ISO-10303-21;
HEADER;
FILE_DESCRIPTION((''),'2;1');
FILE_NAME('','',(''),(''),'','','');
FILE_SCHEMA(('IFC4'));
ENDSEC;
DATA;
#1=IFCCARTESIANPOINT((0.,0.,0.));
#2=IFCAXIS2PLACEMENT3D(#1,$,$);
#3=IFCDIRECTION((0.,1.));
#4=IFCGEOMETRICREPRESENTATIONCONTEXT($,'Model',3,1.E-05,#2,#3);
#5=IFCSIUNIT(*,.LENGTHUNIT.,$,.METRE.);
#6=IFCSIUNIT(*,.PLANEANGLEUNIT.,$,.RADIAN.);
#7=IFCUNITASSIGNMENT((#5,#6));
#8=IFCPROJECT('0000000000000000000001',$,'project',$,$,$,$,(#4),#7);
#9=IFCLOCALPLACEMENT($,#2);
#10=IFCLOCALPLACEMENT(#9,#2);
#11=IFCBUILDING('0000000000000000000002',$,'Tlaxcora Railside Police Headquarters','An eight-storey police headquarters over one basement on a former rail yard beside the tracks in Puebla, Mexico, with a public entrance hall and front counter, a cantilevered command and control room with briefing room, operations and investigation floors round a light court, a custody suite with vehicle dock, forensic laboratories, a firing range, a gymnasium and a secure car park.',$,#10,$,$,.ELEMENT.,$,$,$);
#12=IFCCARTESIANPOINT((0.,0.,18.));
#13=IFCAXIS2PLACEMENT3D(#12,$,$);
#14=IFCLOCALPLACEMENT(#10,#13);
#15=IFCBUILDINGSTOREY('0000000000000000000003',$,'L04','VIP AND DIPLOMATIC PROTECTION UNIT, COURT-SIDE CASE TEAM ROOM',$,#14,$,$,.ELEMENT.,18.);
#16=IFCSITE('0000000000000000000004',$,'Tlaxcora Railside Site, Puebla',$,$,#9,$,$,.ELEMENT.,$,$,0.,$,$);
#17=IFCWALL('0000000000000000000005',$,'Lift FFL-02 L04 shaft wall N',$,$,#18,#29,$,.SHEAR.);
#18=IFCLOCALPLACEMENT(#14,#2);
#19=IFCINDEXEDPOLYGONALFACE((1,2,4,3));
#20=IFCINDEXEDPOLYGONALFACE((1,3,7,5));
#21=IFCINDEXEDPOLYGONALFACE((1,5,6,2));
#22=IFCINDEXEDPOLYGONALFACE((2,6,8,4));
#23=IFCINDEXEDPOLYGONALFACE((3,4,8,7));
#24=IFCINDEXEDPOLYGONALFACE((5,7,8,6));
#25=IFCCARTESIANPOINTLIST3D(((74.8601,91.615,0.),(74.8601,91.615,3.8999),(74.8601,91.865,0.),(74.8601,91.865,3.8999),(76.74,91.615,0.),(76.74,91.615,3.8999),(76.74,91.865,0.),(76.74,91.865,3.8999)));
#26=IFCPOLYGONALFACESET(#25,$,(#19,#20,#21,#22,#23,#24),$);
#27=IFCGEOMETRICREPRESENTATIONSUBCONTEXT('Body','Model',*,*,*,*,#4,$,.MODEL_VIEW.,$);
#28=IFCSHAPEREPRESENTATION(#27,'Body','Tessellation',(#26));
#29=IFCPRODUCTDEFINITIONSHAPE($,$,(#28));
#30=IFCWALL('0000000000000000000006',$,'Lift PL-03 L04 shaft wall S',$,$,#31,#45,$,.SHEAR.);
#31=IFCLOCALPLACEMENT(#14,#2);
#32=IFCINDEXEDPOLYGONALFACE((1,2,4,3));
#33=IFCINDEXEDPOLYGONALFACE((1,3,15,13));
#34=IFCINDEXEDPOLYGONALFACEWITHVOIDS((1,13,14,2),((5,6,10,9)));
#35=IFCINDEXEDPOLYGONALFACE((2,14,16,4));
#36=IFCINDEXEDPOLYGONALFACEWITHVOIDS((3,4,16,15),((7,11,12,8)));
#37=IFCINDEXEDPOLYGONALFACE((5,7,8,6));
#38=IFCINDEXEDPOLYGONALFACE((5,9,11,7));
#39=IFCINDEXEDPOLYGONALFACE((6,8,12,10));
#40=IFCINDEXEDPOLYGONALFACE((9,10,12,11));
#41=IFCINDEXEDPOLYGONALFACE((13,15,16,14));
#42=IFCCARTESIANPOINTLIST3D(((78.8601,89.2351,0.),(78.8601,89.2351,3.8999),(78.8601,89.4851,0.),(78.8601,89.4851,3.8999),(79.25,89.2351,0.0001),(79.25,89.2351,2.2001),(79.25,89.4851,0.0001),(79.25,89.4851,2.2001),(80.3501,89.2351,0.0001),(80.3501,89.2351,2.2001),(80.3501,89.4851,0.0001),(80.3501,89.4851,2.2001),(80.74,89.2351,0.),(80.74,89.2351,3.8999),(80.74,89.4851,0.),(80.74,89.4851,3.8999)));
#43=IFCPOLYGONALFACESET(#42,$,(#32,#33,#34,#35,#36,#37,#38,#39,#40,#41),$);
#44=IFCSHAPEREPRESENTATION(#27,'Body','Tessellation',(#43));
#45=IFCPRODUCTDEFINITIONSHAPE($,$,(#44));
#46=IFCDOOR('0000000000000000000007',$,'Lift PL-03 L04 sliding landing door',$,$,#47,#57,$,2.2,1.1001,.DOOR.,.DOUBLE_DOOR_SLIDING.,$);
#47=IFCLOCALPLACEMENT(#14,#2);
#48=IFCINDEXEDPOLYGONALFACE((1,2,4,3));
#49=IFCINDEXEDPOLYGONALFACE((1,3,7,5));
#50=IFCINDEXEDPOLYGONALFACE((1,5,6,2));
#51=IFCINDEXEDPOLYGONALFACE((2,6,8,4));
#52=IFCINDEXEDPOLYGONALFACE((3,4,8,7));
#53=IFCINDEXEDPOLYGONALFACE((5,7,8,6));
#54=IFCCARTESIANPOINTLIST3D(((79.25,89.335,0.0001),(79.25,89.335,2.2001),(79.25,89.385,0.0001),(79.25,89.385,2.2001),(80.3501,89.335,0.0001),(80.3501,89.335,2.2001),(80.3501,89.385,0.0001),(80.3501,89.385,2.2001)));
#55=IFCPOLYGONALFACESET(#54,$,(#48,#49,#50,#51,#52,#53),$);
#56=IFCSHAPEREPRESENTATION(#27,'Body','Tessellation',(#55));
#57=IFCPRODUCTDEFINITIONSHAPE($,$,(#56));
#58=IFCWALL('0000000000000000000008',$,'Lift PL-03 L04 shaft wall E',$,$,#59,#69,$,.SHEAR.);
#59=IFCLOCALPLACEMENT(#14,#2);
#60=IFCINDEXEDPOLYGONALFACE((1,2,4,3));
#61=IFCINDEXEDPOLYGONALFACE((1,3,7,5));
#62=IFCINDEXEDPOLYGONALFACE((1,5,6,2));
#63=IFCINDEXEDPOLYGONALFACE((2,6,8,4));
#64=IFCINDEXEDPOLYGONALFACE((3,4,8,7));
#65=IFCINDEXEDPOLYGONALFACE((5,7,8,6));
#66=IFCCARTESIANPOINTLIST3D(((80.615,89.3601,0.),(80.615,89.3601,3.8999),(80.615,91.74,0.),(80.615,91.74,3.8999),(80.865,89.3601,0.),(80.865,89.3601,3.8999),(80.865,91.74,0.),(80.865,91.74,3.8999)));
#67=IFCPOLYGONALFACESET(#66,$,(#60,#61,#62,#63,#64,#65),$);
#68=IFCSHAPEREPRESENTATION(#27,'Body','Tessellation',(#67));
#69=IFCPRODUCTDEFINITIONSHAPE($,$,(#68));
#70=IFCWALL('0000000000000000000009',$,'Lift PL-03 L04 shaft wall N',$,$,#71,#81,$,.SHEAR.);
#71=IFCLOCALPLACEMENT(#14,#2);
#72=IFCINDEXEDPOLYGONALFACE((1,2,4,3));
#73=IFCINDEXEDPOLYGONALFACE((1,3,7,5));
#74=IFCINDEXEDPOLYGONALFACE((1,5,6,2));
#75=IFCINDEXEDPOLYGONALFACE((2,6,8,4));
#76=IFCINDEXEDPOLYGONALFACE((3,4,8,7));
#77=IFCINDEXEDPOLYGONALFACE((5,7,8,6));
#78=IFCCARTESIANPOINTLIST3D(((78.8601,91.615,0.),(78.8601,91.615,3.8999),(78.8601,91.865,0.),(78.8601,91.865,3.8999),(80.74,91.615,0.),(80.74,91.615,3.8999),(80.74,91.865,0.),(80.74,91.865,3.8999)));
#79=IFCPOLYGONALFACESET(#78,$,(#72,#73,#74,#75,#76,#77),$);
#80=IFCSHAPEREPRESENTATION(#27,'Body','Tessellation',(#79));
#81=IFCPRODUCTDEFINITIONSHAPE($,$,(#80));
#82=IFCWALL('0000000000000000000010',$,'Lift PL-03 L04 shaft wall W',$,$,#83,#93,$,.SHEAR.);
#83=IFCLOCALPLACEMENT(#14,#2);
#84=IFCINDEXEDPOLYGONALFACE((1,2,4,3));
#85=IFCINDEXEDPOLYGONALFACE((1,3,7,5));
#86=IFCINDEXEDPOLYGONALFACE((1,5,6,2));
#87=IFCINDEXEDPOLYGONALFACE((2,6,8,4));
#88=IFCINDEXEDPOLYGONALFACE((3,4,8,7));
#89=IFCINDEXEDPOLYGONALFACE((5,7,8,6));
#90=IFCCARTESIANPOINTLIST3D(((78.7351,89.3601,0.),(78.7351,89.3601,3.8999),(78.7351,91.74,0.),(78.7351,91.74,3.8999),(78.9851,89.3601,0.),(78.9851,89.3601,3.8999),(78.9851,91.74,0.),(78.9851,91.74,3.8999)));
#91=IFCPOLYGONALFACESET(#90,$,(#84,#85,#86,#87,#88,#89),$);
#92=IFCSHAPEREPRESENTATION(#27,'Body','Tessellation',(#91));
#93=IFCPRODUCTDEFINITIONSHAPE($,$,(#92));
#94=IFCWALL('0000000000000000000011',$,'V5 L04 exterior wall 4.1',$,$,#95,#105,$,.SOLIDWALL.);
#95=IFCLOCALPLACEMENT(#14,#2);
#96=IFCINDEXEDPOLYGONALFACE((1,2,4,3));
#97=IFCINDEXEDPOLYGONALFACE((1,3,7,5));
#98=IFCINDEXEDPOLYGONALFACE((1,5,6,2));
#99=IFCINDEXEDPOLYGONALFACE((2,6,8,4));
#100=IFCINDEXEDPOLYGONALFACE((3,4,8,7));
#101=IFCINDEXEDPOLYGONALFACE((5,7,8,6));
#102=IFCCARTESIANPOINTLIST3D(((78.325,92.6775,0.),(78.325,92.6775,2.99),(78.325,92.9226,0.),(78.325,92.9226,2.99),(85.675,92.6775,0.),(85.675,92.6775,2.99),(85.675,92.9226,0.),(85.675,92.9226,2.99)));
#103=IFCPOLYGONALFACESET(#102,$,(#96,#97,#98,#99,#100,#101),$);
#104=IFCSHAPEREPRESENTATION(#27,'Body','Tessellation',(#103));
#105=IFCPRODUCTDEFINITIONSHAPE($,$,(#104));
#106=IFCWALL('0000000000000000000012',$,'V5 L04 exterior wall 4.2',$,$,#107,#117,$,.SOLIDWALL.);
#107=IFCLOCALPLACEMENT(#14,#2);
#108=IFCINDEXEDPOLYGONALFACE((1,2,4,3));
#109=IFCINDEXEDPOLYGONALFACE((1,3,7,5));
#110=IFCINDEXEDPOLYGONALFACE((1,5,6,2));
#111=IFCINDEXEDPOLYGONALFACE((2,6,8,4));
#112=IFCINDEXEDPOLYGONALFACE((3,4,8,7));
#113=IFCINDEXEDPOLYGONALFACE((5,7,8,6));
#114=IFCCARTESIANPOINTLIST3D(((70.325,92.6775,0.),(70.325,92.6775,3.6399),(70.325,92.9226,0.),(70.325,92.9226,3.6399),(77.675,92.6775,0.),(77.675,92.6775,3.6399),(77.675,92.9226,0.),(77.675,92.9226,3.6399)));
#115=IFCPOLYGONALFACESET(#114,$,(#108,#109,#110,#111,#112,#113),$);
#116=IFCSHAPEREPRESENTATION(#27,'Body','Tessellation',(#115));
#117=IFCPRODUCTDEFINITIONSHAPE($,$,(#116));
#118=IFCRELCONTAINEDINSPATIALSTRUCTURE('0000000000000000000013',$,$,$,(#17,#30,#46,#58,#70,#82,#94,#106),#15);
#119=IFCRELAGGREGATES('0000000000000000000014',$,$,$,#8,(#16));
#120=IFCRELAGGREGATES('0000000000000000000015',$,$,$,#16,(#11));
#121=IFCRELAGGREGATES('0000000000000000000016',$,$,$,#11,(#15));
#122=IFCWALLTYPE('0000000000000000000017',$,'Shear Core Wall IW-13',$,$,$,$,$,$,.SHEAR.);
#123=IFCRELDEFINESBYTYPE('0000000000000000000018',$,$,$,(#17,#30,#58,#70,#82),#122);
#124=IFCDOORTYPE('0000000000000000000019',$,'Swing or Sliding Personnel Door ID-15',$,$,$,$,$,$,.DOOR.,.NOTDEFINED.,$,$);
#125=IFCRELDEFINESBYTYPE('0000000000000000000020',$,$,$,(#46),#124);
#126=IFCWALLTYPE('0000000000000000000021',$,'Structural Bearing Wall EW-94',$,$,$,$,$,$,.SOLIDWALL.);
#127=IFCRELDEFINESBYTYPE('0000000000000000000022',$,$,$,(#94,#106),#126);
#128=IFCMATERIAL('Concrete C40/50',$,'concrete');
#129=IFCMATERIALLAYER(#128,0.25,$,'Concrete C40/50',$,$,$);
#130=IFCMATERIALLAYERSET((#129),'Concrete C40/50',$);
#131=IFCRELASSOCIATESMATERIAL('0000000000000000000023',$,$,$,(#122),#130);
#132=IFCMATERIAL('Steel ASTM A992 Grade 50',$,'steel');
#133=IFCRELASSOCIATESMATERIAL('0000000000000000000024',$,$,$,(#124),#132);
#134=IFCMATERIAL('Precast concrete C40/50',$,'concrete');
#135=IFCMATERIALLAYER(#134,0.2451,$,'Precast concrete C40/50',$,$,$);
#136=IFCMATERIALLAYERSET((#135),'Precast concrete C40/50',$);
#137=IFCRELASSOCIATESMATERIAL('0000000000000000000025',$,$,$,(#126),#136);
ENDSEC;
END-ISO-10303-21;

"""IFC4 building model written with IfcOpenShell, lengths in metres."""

from ifc_helpers import new_model, si_unit, direction, frame, frame_2d, origin, place, context, subcontext, project, spatial, rectangle, extrude, material, layer, layer_set, type_object, element, fill, save


model = new_model("IFC4")

# Units and contexts
model_context = context("Model", 3, precision=1e-05, world=origin(), true_north=direction((0.0, 1.0)))
body_context = subcontext(model_context, "Body", "Model", "MODEL_VIEW")
ifc_project = project(units=[si_unit("LENGTHUNIT", "METRE"), si_unit("PLANEANGLEUNIT", "RADIAN")], contexts=[model_context])

# Site, building, storey
site_placement = place(None, origin())
site = spatial("IfcSite", under=ifc_project, at=site_placement, Name="Tlaxcora Railside Site, Puebla", CompositionType="ELEMENT", RefElevation=0.0)
building_placement = place(site_placement, origin())
building = spatial("IfcBuilding", under=site, at=building_placement, Name="Tlaxcora Railside Police Headquarters", Description="An eight-storey police headquarters over one basement on a former rail yard beside the tracks in Puebla, Mexico, with a public entrance hall and front counter, a cantilevered command and control room with briefing room, operations and investigation floors round a light court, a custody suite with vehicle dock, forensic laboratories, a firing range, a gymnasium and a secure car park.", CompositionType="ELEMENT")
storey_placement = place(building_placement, frame((0.0, 0.0, 18.0)))
storey = spatial("IfcBuildingStorey", under=building, at=storey_placement, Name="L04", Description="VIP AND DIPLOMATIC PROTECTION UNIT, COURT-SIDE CASE TEAM ROOM", CompositionType="ELEMENT", Elevation=18.0)

# Shared definitions
ifc_material_1 = material(Name="Concrete C40/50", Category="concrete")

# Shared definitions
ifc_material_2 = material(Name="Steel ASTM A992 Grade 50", Category="steel")

# Wall
ifc_layer_1 = layer(ifc_material_1, 0.25, Name="Concrete C40/50")
ifc_layer_set_1 = layer_set([ifc_layer_1], Name="Concrete C40/50")
wall_type_1 = type_object("IfcWallType", Name="Shear Core Wall IW-13", PredefinedType="SHEAR", material=ifc_layer_set_1)
wall_1_placement = place(storey_placement, frame((76.74, 91.74, 0.0), z_axis=(0.0, 0.0, 1.0), x_axis=(-1.0, 0.0, 0.0)))
element("IfcWall", 1, at=wall_1_placement, inside=storey, type_object=wall_type_1, Name="Lift FFL-02 L04 shaft wall N", PredefinedType="SHEAR", context=body_context, shape_type="SweptSolid", body=[
    extrude(rectangle(XDim=1.8799, YDim=0.25, at=frame_2d((0.9399, 0.0))), origin(), (0.0, 0.0, 1.0), 3.8999),
])

# Wall, opening, door
wall_2_placement = place(storey_placement, frame((78.8601, 89.3601, 0.0), z_axis=(0.0, 0.0, 1.0), x_axis=(1.0, 0.0, 0.0)))
wall_2 = element("IfcWall", 2, at=wall_2_placement, inside=storey, type_object=wall_type_1, Name="Lift PL-03 L04 shaft wall S", PredefinedType="SHEAR", context=body_context, shape_type="SweptSolid", body=[
    extrude(rectangle(XDim=1.8799, YDim=0.25, at=frame_2d((0.9399, 0.0))), origin(), (0.0, 0.0, 1.0), 3.8999),
])
opening_placement = place(wall_2_placement, frame((0.3899, 0.0, 0.0)))
opening = element("IfcOpeningElement", 3, at=opening_placement, cuts=wall_2, PredefinedType="OPENING", context=body_context, shape_type="SweptSolid", body=[
    extrude(rectangle(XDim=1.1001, YDim=2.2, at=frame_2d((0.55, 1.1001))), frame((0.0, 0.135, 0.0), z_axis=(0.0, -1.0, 0.0), x_axis=(1.0, 0.0, 0.0)), (0.0, 0.0, 1.0), 0.27),
])
door_type = type_object("IfcDoorType", Name="Swing or Sliding Personnel Door ID-15", OperationType="NOTDEFINED", PredefinedType="DOOR", material=ifc_material_2)
door_placement = place(opening_placement, origin())
door = element("IfcDoor", 4, at=door_placement, inside=storey, type_object=door_type, Name="Lift PL-03 L04 sliding landing door", OperationType="DOUBLE_DOOR_SLIDING", OverallHeight=2.2, OverallWidth=1.1001, PredefinedType="DOOR", context=body_context, shape_type="SweptSolid", body=[
    extrude(rectangle(XDim=1.1001, YDim=2.2, at=frame_2d((0.55, 1.1001))), frame((0.0, 0.0249, 0.0), z_axis=(0.0, -1.0, 0.0), x_axis=(1.0, 0.0, 0.0)), (0.0, 0.0, 1.0), 0.05),
])
fill(opening, door)

# Walls
wall_3_placement = place(storey_placement, frame((80.74, 89.3601, 0.0), z_axis=(0.0, 0.0, 1.0), x_axis=(0.0, 1.0, 0.0)))
element("IfcWall", 5, at=wall_3_placement, inside=storey, type_object=wall_type_1, Name="Lift PL-03 L04 shaft wall E", PredefinedType="SHEAR", context=body_context, shape_type="SweptSolid", body=[
    extrude(rectangle(XDim=2.3799, YDim=0.25, at=frame_2d((1.1899, 0.0))), origin(), (0.0, 0.0, 1.0), 3.8999),
])
wall_4_placement = place(storey_placement, frame((80.74, 91.74, 0.0), z_axis=(0.0, 0.0, 1.0), x_axis=(-1.0, 0.0, 0.0)))
element("IfcWall", 6, at=wall_4_placement, inside=storey, type_object=wall_type_1, Name="Lift PL-03 L04 shaft wall N", PredefinedType="SHEAR", context=body_context, shape_type="SweptSolid", body=[
    extrude(rectangle(XDim=1.8799, YDim=0.25, at=frame_2d((0.9399, 0.0))), origin(), (0.0, 0.0, 1.0), 3.8999),
])
wall_5_placement = place(storey_placement, frame((78.8601, 91.74, 0.0), z_axis=(0.0, 0.0, 1.0), x_axis=(0.0, -1.0, 0.0)))
element("IfcWall", 7, at=wall_5_placement, inside=storey, type_object=wall_type_1, Name="Lift PL-03 L04 shaft wall W", PredefinedType="SHEAR", context=body_context, shape_type="SweptSolid", body=[
    extrude(rectangle(XDim=2.3799, YDim=0.25, at=frame_2d((1.1899, 0.0))), origin(), (0.0, 0.0, 1.0), 3.8999),
])
ifc_material_3 = material(Name="Precast concrete C40/50", Category="concrete")
ifc_layer_2 = layer(ifc_material_3, 0.2451, Name="Precast concrete C40/50")
ifc_layer_set_2 = layer_set([ifc_layer_2], Name="Precast concrete C40/50")
wall_type_2 = type_object("IfcWallType", Name="Structural Bearing Wall EW-94", PredefinedType="SOLIDWALL", material=ifc_layer_set_2)
wall_6_placement = place(storey_placement, frame((85.675, 92.8, 0.0), z_axis=(0.0, 0.0, 1.0), x_axis=(-1.0, 0.0, 0.0)))
element("IfcWall", 8, at=wall_6_placement, inside=storey, type_object=wall_type_2, Name="V5 L04 exterior wall 4.1", PredefinedType="SOLIDWALL", context=body_context, shape_type="SweptSolid", body=[
    extrude(rectangle(XDim=7.3501, YDim=0.2451, at=frame_2d((3.675, 0.0))), origin(), (0.0, 0.0, 1.0), 2.99),
])
wall_7_placement = place(storey_placement, frame((77.675, 92.8, 0.0), z_axis=(0.0, 0.0, 1.0), x_axis=(-1.0, 0.0, 0.0)))
element("IfcWall", 9, at=wall_7_placement, inside=storey, type_object=wall_type_2, Name="V5 L04 exterior wall 4.2", PredefinedType="SOLIDWALL", context=body_context, shape_type="SweptSolid", body=[
    extrude(rectangle(XDim=7.3501, YDim=0.2451, at=frame_2d((3.675, 0.0))), origin(), (0.0, 0.0, 1.0), 3.6399),
])

save(model, "model.ifc")
